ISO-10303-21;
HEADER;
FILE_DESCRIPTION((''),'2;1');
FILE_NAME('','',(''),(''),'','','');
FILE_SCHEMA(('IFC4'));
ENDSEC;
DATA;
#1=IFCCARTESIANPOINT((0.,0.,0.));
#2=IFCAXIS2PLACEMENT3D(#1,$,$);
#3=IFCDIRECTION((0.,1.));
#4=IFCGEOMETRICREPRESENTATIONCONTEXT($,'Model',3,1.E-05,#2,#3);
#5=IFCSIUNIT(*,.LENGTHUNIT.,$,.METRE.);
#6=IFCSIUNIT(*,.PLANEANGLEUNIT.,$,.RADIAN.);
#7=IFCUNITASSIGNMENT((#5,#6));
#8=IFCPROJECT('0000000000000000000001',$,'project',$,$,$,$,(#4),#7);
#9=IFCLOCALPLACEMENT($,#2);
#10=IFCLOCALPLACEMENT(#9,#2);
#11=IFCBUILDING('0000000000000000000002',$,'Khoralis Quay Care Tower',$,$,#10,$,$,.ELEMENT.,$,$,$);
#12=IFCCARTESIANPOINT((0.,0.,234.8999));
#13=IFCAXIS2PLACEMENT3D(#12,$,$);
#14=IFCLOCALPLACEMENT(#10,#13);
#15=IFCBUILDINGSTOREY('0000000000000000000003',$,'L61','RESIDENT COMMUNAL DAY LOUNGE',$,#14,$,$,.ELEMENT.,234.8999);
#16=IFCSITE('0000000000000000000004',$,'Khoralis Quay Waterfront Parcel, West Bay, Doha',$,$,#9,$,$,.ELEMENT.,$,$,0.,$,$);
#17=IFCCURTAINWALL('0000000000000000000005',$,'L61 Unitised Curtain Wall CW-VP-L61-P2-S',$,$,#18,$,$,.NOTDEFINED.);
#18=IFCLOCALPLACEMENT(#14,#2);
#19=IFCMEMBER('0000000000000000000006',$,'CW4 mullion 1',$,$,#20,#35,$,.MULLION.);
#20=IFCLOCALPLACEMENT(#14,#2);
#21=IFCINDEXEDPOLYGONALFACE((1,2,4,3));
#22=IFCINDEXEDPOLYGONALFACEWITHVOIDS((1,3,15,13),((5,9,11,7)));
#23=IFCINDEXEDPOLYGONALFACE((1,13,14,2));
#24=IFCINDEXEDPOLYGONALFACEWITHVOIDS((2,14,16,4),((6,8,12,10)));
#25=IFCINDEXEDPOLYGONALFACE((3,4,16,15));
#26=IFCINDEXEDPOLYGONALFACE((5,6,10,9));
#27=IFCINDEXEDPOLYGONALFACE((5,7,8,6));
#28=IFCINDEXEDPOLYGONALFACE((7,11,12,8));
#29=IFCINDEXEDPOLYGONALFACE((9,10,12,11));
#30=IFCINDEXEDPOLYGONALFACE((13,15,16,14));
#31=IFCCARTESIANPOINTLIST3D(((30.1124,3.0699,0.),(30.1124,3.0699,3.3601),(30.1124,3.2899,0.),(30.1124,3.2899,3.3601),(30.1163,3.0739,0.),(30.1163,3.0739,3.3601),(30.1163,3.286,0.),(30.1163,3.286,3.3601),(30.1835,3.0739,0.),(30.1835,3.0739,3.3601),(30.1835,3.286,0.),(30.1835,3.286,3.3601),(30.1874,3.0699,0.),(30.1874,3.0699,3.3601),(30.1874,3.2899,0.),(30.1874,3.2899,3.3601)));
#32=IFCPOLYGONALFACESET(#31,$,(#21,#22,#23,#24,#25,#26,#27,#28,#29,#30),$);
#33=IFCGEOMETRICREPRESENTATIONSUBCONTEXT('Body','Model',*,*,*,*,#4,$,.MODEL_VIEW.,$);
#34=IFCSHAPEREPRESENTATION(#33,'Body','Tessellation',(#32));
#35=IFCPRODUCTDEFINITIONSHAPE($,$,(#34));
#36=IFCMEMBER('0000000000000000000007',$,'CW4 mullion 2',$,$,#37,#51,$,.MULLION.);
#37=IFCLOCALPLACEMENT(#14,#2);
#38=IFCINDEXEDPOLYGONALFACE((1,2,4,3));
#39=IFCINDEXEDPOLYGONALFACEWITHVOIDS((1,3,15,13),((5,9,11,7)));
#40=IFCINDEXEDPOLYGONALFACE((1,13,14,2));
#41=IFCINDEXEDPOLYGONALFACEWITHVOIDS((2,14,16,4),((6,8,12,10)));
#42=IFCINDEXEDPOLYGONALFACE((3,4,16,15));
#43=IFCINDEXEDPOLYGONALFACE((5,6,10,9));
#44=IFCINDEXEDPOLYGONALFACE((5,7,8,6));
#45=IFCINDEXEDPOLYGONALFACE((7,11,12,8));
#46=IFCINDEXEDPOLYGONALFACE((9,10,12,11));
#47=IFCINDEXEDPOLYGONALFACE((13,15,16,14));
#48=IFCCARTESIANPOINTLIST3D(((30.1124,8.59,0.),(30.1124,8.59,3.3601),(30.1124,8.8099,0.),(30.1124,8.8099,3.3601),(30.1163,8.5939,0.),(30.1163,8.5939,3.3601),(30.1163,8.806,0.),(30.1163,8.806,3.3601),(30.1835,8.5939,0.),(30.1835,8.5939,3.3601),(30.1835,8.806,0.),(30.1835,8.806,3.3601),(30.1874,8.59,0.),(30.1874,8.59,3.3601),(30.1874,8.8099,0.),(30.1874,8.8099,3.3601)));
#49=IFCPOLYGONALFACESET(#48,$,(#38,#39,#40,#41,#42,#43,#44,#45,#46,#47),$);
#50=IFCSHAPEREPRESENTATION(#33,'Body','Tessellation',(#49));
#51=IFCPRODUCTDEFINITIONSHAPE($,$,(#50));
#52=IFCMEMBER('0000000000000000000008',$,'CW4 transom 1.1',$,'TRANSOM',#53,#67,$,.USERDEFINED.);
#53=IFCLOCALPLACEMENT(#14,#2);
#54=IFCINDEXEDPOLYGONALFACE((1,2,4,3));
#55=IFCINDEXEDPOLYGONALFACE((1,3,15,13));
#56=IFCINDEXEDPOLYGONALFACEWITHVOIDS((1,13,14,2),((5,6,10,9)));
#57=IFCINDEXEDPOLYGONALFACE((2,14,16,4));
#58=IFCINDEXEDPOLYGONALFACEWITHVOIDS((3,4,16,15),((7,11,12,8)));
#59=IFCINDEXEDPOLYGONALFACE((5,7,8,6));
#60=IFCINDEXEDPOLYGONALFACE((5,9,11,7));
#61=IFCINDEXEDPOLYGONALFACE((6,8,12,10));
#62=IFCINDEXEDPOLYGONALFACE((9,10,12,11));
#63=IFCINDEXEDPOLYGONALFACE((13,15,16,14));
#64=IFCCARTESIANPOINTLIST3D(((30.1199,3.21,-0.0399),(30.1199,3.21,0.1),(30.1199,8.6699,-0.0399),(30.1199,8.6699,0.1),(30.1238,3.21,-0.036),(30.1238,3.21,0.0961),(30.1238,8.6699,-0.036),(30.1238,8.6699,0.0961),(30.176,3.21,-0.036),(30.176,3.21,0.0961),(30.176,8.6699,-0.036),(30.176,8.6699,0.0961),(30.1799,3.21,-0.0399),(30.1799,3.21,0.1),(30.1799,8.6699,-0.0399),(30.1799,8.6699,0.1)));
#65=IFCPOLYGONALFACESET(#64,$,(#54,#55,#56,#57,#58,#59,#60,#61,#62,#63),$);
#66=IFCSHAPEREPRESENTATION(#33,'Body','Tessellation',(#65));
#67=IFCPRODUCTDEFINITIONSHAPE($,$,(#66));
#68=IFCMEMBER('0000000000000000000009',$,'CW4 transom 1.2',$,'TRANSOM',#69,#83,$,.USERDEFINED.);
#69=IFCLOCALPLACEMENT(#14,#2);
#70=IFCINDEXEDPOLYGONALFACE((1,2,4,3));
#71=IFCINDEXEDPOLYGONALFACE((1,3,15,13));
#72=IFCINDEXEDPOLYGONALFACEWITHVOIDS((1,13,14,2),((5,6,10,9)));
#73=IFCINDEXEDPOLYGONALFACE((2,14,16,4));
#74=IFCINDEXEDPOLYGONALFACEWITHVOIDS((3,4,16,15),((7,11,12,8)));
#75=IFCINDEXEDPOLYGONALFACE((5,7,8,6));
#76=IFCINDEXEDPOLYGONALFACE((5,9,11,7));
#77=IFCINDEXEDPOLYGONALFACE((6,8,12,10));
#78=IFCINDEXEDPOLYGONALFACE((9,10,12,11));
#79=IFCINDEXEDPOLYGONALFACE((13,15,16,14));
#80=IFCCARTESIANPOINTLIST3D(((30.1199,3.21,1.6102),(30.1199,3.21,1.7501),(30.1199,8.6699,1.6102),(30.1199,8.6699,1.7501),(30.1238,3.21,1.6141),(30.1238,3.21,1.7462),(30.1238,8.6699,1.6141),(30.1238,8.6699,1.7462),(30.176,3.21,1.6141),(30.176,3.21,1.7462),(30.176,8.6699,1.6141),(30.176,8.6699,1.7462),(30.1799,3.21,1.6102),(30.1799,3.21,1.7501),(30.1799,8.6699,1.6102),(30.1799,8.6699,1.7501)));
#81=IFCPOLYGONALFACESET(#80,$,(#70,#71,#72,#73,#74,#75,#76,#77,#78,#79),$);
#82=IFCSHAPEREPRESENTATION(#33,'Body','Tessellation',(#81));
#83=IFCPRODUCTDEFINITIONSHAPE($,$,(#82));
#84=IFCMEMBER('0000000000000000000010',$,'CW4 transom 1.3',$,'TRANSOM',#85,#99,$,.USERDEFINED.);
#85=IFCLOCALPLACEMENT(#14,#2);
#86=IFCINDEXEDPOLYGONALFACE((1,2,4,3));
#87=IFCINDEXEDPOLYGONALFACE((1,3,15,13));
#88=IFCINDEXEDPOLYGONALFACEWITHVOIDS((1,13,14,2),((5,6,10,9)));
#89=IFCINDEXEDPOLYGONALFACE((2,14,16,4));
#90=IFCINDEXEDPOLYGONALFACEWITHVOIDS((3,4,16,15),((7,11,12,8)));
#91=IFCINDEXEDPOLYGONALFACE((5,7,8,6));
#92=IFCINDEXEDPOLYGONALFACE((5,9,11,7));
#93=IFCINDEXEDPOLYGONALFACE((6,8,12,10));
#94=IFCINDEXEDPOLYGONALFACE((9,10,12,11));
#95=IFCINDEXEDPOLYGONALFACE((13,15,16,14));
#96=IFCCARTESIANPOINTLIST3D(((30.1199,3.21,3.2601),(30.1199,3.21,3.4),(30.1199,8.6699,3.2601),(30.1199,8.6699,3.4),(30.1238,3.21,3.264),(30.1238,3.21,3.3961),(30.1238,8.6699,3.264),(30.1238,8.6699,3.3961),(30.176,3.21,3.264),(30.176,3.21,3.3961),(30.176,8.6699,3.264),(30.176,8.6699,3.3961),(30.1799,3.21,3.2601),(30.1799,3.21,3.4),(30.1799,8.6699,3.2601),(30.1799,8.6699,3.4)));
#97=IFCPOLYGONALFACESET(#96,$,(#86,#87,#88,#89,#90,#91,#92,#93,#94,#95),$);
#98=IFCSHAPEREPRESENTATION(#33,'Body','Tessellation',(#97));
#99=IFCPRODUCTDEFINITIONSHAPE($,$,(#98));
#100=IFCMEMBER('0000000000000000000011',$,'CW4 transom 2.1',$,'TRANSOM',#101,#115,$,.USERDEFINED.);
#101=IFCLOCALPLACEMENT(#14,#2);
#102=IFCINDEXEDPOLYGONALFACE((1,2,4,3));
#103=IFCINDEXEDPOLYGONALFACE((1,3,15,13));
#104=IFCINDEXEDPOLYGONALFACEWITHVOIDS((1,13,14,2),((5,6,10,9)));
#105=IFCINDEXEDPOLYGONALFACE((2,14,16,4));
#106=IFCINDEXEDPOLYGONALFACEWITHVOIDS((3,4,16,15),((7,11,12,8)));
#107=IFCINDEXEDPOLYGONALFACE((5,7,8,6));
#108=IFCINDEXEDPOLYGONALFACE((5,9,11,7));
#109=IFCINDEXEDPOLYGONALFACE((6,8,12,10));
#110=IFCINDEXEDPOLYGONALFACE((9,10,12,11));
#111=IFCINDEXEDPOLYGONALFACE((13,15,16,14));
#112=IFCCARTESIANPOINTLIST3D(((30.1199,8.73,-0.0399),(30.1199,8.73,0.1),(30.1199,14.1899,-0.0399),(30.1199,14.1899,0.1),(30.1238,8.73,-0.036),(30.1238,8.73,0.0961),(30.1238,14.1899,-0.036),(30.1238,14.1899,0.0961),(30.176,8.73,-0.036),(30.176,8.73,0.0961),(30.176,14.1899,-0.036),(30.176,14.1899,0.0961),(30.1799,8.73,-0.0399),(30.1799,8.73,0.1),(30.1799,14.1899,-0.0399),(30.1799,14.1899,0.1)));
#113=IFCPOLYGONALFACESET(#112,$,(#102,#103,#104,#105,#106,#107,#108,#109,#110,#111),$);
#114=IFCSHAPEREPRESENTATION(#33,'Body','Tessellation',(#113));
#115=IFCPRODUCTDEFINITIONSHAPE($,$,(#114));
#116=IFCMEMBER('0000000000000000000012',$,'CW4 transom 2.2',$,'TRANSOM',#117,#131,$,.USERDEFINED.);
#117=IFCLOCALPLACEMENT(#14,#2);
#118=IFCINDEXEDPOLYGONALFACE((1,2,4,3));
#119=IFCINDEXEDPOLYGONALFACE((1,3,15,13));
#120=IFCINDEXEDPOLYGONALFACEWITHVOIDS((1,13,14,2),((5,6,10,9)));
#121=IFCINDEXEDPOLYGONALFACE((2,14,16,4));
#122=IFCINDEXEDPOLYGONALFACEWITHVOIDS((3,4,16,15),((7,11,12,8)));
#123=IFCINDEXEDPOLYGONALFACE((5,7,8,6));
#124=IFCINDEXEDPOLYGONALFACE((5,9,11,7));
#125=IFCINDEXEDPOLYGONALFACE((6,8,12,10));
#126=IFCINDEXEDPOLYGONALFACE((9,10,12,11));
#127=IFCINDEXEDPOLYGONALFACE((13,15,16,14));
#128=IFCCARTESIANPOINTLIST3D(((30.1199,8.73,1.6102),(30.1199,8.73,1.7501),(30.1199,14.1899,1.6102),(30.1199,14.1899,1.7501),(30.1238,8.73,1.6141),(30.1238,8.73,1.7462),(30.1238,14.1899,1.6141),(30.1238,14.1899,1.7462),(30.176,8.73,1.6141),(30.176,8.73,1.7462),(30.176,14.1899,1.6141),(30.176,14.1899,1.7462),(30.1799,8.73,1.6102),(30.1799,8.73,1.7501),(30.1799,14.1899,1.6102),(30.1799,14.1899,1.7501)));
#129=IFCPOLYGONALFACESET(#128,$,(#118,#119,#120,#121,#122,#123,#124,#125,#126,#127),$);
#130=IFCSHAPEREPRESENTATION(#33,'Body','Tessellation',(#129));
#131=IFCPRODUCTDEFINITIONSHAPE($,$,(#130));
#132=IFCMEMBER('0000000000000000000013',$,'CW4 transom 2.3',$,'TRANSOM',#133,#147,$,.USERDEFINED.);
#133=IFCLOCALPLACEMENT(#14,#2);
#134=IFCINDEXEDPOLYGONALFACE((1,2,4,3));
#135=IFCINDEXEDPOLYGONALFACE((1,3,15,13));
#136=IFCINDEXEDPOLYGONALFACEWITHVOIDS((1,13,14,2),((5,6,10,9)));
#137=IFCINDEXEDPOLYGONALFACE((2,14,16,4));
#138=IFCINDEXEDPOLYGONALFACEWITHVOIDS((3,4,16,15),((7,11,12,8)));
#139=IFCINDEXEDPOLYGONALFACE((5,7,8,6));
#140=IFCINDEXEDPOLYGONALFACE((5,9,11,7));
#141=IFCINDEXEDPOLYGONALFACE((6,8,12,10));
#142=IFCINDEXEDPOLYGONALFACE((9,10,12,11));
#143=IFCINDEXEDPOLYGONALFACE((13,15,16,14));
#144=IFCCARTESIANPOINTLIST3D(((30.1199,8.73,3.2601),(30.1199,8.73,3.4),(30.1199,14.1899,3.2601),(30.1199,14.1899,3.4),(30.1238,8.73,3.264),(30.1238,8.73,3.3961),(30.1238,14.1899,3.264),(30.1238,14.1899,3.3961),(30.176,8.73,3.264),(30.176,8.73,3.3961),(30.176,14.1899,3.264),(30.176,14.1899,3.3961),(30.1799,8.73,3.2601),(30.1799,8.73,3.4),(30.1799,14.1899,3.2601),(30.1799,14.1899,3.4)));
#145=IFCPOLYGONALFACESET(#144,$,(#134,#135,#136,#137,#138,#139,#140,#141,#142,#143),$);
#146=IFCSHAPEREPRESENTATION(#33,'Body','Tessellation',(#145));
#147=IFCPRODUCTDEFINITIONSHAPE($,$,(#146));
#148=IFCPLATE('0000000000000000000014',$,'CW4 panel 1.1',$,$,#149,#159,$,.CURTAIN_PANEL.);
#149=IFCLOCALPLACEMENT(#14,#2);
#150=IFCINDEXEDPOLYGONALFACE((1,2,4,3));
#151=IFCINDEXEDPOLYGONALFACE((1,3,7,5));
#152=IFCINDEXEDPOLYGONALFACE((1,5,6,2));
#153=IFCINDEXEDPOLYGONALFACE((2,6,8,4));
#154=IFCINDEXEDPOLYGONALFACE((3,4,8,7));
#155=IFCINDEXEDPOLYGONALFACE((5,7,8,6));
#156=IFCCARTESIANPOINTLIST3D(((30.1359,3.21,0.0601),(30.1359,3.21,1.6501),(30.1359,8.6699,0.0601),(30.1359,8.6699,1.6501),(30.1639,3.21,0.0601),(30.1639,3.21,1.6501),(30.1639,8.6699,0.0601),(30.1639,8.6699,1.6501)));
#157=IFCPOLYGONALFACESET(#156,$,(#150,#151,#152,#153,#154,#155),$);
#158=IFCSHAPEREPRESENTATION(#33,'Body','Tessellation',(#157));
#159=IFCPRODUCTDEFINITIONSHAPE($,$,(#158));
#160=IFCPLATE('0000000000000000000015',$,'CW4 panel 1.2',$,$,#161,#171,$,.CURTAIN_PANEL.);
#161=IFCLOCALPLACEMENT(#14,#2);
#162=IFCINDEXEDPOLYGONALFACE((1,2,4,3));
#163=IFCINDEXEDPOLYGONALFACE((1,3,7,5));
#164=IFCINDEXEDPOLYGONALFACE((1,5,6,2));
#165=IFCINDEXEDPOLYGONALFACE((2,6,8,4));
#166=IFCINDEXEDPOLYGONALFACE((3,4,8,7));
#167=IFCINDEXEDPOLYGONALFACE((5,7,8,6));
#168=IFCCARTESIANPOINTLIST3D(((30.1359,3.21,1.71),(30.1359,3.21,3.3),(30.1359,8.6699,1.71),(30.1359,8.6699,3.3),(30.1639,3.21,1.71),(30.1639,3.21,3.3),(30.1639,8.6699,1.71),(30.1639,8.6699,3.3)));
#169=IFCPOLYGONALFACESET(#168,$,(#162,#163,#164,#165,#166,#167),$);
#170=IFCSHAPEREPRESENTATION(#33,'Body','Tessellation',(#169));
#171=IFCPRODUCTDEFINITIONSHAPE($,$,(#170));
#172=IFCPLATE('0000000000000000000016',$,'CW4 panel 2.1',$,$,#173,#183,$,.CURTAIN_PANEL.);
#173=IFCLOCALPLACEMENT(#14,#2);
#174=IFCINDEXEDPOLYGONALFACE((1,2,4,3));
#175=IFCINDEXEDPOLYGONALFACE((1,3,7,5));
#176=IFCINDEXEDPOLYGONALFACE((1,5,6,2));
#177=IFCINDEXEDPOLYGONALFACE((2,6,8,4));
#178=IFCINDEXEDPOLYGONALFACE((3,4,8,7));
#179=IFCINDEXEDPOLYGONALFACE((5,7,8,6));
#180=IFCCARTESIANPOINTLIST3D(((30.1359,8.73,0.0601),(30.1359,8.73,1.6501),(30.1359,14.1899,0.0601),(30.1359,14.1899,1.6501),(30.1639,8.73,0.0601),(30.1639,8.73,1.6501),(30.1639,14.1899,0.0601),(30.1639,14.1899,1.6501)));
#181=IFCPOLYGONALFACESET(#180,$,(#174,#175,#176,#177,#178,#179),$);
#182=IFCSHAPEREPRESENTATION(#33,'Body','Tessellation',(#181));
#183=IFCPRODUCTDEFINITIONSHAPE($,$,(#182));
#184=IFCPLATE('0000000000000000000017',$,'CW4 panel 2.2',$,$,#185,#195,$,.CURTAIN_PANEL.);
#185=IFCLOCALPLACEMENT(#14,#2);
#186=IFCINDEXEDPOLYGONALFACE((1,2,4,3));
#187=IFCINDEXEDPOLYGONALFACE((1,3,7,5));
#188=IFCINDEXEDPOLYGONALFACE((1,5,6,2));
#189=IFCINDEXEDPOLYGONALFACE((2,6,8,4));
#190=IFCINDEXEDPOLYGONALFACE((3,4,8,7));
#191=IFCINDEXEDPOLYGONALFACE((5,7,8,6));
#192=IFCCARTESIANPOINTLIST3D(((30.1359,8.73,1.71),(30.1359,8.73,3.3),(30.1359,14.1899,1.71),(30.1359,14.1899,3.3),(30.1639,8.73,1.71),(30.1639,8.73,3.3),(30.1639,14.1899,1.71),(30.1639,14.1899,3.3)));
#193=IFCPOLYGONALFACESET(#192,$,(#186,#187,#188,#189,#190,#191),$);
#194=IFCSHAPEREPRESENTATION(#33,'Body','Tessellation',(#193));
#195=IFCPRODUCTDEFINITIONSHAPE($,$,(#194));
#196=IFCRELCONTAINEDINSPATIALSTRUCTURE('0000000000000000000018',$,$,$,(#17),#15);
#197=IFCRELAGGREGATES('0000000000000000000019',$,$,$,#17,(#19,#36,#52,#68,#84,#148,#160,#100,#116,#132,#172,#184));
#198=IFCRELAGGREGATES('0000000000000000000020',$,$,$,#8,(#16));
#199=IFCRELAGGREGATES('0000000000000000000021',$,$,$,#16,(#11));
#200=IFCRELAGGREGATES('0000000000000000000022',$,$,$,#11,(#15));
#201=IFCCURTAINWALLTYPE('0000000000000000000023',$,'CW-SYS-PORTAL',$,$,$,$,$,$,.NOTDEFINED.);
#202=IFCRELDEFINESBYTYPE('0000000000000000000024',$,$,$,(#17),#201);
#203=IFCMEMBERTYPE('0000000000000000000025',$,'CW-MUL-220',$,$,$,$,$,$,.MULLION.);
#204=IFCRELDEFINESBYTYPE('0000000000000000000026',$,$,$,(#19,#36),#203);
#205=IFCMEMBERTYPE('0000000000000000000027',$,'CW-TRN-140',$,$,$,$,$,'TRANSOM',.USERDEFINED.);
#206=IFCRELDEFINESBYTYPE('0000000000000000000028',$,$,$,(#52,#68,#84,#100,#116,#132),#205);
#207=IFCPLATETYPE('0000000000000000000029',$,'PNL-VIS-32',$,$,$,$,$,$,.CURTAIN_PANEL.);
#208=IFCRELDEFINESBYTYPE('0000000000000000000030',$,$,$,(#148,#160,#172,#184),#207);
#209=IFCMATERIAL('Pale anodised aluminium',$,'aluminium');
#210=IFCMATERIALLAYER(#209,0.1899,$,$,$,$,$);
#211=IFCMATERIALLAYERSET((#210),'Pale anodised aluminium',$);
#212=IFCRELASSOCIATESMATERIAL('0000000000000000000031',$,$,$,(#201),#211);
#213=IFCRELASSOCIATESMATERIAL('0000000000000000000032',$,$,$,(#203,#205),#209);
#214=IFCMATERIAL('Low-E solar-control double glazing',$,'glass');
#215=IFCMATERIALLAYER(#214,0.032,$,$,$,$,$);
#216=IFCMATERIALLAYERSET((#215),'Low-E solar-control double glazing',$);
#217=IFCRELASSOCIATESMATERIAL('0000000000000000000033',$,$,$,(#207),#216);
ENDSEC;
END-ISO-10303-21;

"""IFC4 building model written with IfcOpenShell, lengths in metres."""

from ifc_helpers import new_model, si_unit, direction, frame, origin, origin_2d, place, context, subcontext, project, spatial, rectangle, hollow_rectangle, extrude, source, transform, mapped, material, layer, layer_set, material_profile, profile_set, type_object, element, aggregate, save


model = new_model("IFC4")

# Units and contexts
model_context = context("Model", 3, precision=1e-05, world=origin(), true_north=direction((0.0, 1.0)))
body_context = subcontext(model_context, "Body", "Model", "MODEL_VIEW")
ifc_project = project(units=[si_unit("LENGTHUNIT", "METRE"), si_unit("PLANEANGLEUNIT", "RADIAN")], contexts=[model_context])

# Site, building, storey
site_placement = place(None, origin())
site = spatial("IfcSite", under=ifc_project, at=site_placement, Name="Khoralis Quay Waterfront Parcel, West Bay, Doha", CompositionType="ELEMENT", RefElevation=0.0)
building_placement = place(site_placement, origin())
building = spatial("IfcBuilding", under=site, at=building_placement, Name="Khoralis Quay Care Tower", CompositionType="ELEMENT")
storey_placement = place(building_placement, frame((0.0, 0.0, 234.8999)))
storey = spatial("IfcBuildingStorey", under=building, at=storey_placement, Name="L61", Description="RESIDENT COMMUNAL DAY LOUNGE", CompositionType="ELEMENT", Elevation=234.8999)

# Curtain wall, members, plates
ifc_material_1 = material(Name="Pale anodised aluminium", Category="aluminium")
ifc_layer_1 = layer(ifc_material_1, 0.1899)
ifc_layer_set_1 = layer_set([ifc_layer_1], Name="Pale anodised aluminium")
curtain_wall_type = type_object("IfcCurtainWallType", Name="CW-SYS-PORTAL", PredefinedType="NOTDEFINED", material=ifc_layer_set_1)
curtain_wall_placement = place(storey_placement, origin())
curtain_wall = element("IfcCurtainWall", 1, at=curtain_wall_placement, inside=storey, type_object=curtain_wall_type, Name="L61 Unitised Curtain Wall CW-VP-L61-P2-S", PredefinedType="NOTDEFINED")
ifc_material_profile_1 = material_profile(ifc_material_1, hollow_rectangle(XDim=0.075, YDim=0.22, WallThickness=0.0039, at=origin_2d()), Name="Pale anodised aluminium")
ifc_profile_set_1 = profile_set([ifc_material_profile_1], Name="Pale anodised aluminium")
member_type_1 = type_object("IfcMemberType", Name="CW-MUL-220", PredefinedType="MULLION", material=ifc_profile_set_1)
shared_shape_1 = source(origin(), body_context, "Body", "SweptSolid", [
    extrude(hollow_rectangle(XDim=0.075, YDim=0.22, WallThickness=0.0039, at=origin_2d()), origin(), (0.0, 0.0, 1.0), 3.3601),
])
member_1_placement = place(storey_placement, frame((30.1499, 3.1799, 0.0), z_axis=(0.0, 0.0, 1.0), x_axis=(-1.0, 0.0, 0.0)))
member_1 = element("IfcMember", 2, at=member_1_placement, type_object=member_type_1, Name="CW4 mullion 1", PredefinedType="MULLION", context=body_context, shape_type="MappedRepresentation", body=[
    mapped(shared_shape_1, transform((0.0, 0.0, 0.0), scale=1.0)),
])
member_2_placement = place(storey_placement, frame((30.1499, 8.7, 0.0), z_axis=(0.0, 0.0, 1.0), x_axis=(-1.0, 0.0, 0.0)))
member_2 = element("IfcMember", 3, at=member_2_placement, type_object=member_type_1, Name="CW4 mullion 2", PredefinedType="MULLION", context=body_context, shape_type="MappedRepresentation", body=[
    mapped(shared_shape_1, transform((0.0, 0.0, 0.0), scale=1.0)),
])
ifc_material_profile_2 = material_profile(ifc_material_1, hollow_rectangle(XDim=0.0601, YDim=0.1399, WallThickness=0.0039, at=origin_2d()), Name="Pale anodised aluminium")
ifc_profile_set_2 = profile_set([ifc_material_profile_2], Name="Pale anodised aluminium")
member_type_2 = type_object("IfcMemberType", Name="CW-TRN-140", ElementType="TRANSOM", PredefinedType="USERDEFINED", material=ifc_profile_set_2)
shared_shape_2 = source(origin(), body_context, "Body", "SweptSolid", [
    extrude(hollow_rectangle(XDim=0.0601, YDim=0.1399, WallThickness=0.0039, at=origin_2d()), origin(), (0.0, 0.0, 1.0), 5.46),
])
member_3_placement = place(storey_placement, frame((30.1499, 3.21, 0.03), z_axis=(0.0, 1.0, 0.0), x_axis=(-1.0, 0.0, 0.0)))
member_3 = element("IfcMember", 4, at=member_3_placement, type_object=member_type_2, Name="CW4 transom 1.1", ObjectType="TRANSOM", PredefinedType="USERDEFINED", context=body_context, shape_type="MappedRepresentation", body=[
    mapped(shared_shape_2, transform((0.0, 0.0, 0.0), scale=1.0)),
])
member_4_placement = place(storey_placement, frame((30.1499, 3.21, 1.6802), z_axis=(0.0, 1.0, 0.0), x_axis=(-1.0, 0.0, 0.0)))
member_4 = element("IfcMember", 5, at=member_4_placement, type_object=member_type_2, Name="CW4 transom 1.2", ObjectType="TRANSOM", PredefinedType="USERDEFINED", context=body_context, shape_type="MappedRepresentation", body=[
    mapped(shared_shape_2, transform((0.0, 0.0, 0.0), scale=1.0)),
])
member_5_placement = place(storey_placement, frame((30.1499, 3.21, 3.3301), z_axis=(0.0, 1.0, 0.0), x_axis=(-1.0, 0.0, 0.0)))
member_5 = element("IfcMember", 6, at=member_5_placement, type_object=member_type_2, Name="CW4 transom 1.3", ObjectType="TRANSOM", PredefinedType="USERDEFINED", context=body_context, shape_type="MappedRepresentation", body=[
    mapped(shared_shape_2, transform((0.0, 0.0, 0.0), scale=1.0)),
])
member_6_placement = place(storey_placement, frame((30.1499, 8.73, 0.03), z_axis=(0.0, 1.0, 0.0), x_axis=(-1.0, 0.0, 0.0)))
member_6 = element("IfcMember", 7, at=member_6_placement, type_object=member_type_2, Name="CW4 transom 2.1", ObjectType="TRANSOM", PredefinedType="USERDEFINED", context=body_context, shape_type="MappedRepresentation", body=[
    mapped(shared_shape_2, transform((0.0, 0.0, 0.0), scale=1.0)),
])
member_7_placement = place(storey_placement, frame((30.1499, 8.73, 1.6802), z_axis=(0.0, 1.0, 0.0), x_axis=(-1.0, 0.0, 0.0)))
member_7 = element("IfcMember", 8, at=member_7_placement, type_object=member_type_2, Name="CW4 transom 2.2", ObjectType="TRANSOM", PredefinedType="USERDEFINED", context=body_context, shape_type="MappedRepresentation", body=[
    mapped(shared_shape_2, transform((0.0, 0.0, 0.0), scale=1.0)),
])
member_8_placement = place(storey_placement, frame((30.1499, 8.73, 3.3301), z_axis=(0.0, 1.0, 0.0), x_axis=(-1.0, 0.0, 0.0)))
member_8 = element("IfcMember", 9, at=member_8_placement, type_object=member_type_2, Name="CW4 transom 2.3", ObjectType="TRANSOM", PredefinedType="USERDEFINED", context=body_context, shape_type="MappedRepresentation", body=[
    mapped(shared_shape_2, transform((0.0, 0.0, 0.0), scale=1.0)),
])
ifc_material_2 = material(Name="Low-E solar-control double glazing", Category="glass")
ifc_layer_2 = layer(ifc_material_2, 0.032)
ifc_layer_set_2 = layer_set([ifc_layer_2], Name="Low-E solar-control double glazing")
plate_type = type_object("IfcPlateType", Name="PNL-VIS-32", PredefinedType="CURTAIN_PANEL", material=ifc_layer_set_2)
shared_shape_3 = source(origin(), body_context, "Body", "SweptSolid", [
    extrude(rectangle(XDim=5.46, YDim=0.0281, at=origin_2d()), origin(), (0.0, 0.0, 1.0), 1.5901),
])
plate_1_placement = place(storey_placement, frame((30.1499, 5.9399, 0.0601), z_axis=(0.0, 0.0, 1.0), x_axis=(0.0, 1.0, 0.0)))
plate_1 = element("IfcPlate", 10, at=plate_1_placement, type_object=plate_type, Name="CW4 panel 1.1", PredefinedType="CURTAIN_PANEL", context=body_context, shape_type="MappedRepresentation", body=[
    mapped(shared_shape_3, transform((0.0, 0.0, 0.0), scale=1.0)),
])
plate_2_placement = place(storey_placement, frame((30.1499, 5.9399, 1.71), z_axis=(0.0, 0.0, 1.0), x_axis=(0.0, 1.0, 0.0)))
plate_2 = element("IfcPlate", 11, at=plate_2_placement, type_object=plate_type, Name="CW4 panel 1.2", PredefinedType="CURTAIN_PANEL", context=body_context, shape_type="MappedRepresentation", body=[
    mapped(shared_shape_3, transform((0.0, 0.0, 0.0), scale=1.0)),
])
plate_3_placement = place(storey_placement, frame((30.1499, 11.46, 0.0601), z_axis=(0.0, 0.0, 1.0), x_axis=(0.0, 1.0, 0.0)))
plate_3 = element("IfcPlate", 12, at=plate_3_placement, type_object=plate_type, Name="CW4 panel 2.1", PredefinedType="CURTAIN_PANEL", context=body_context, shape_type="MappedRepresentation", body=[
    mapped(shared_shape_3, transform((0.0, 0.0, 0.0), scale=1.0)),
])
plate_4_placement = place(storey_placement, frame((30.1499, 11.46, 1.71), z_axis=(0.0, 0.0, 1.0), x_axis=(0.0, 1.0, 0.0)))
plate_4 = element("IfcPlate", 13, at=plate_4_placement, type_object=plate_type, Name="CW4 panel 2.2", PredefinedType="CURTAIN_PANEL", context=body_context, shape_type="MappedRepresentation", body=[
    mapped(shared_shape_3, transform((0.0, 0.0, 0.0), scale=1.0)),
])
aggregate(curtain_wall, [member_1, member_2, member_3, member_4, member_5, plate_1, plate_2, member_6, member_7, member_8, plate_3, plate_4])

save(model, "model.ifc")
